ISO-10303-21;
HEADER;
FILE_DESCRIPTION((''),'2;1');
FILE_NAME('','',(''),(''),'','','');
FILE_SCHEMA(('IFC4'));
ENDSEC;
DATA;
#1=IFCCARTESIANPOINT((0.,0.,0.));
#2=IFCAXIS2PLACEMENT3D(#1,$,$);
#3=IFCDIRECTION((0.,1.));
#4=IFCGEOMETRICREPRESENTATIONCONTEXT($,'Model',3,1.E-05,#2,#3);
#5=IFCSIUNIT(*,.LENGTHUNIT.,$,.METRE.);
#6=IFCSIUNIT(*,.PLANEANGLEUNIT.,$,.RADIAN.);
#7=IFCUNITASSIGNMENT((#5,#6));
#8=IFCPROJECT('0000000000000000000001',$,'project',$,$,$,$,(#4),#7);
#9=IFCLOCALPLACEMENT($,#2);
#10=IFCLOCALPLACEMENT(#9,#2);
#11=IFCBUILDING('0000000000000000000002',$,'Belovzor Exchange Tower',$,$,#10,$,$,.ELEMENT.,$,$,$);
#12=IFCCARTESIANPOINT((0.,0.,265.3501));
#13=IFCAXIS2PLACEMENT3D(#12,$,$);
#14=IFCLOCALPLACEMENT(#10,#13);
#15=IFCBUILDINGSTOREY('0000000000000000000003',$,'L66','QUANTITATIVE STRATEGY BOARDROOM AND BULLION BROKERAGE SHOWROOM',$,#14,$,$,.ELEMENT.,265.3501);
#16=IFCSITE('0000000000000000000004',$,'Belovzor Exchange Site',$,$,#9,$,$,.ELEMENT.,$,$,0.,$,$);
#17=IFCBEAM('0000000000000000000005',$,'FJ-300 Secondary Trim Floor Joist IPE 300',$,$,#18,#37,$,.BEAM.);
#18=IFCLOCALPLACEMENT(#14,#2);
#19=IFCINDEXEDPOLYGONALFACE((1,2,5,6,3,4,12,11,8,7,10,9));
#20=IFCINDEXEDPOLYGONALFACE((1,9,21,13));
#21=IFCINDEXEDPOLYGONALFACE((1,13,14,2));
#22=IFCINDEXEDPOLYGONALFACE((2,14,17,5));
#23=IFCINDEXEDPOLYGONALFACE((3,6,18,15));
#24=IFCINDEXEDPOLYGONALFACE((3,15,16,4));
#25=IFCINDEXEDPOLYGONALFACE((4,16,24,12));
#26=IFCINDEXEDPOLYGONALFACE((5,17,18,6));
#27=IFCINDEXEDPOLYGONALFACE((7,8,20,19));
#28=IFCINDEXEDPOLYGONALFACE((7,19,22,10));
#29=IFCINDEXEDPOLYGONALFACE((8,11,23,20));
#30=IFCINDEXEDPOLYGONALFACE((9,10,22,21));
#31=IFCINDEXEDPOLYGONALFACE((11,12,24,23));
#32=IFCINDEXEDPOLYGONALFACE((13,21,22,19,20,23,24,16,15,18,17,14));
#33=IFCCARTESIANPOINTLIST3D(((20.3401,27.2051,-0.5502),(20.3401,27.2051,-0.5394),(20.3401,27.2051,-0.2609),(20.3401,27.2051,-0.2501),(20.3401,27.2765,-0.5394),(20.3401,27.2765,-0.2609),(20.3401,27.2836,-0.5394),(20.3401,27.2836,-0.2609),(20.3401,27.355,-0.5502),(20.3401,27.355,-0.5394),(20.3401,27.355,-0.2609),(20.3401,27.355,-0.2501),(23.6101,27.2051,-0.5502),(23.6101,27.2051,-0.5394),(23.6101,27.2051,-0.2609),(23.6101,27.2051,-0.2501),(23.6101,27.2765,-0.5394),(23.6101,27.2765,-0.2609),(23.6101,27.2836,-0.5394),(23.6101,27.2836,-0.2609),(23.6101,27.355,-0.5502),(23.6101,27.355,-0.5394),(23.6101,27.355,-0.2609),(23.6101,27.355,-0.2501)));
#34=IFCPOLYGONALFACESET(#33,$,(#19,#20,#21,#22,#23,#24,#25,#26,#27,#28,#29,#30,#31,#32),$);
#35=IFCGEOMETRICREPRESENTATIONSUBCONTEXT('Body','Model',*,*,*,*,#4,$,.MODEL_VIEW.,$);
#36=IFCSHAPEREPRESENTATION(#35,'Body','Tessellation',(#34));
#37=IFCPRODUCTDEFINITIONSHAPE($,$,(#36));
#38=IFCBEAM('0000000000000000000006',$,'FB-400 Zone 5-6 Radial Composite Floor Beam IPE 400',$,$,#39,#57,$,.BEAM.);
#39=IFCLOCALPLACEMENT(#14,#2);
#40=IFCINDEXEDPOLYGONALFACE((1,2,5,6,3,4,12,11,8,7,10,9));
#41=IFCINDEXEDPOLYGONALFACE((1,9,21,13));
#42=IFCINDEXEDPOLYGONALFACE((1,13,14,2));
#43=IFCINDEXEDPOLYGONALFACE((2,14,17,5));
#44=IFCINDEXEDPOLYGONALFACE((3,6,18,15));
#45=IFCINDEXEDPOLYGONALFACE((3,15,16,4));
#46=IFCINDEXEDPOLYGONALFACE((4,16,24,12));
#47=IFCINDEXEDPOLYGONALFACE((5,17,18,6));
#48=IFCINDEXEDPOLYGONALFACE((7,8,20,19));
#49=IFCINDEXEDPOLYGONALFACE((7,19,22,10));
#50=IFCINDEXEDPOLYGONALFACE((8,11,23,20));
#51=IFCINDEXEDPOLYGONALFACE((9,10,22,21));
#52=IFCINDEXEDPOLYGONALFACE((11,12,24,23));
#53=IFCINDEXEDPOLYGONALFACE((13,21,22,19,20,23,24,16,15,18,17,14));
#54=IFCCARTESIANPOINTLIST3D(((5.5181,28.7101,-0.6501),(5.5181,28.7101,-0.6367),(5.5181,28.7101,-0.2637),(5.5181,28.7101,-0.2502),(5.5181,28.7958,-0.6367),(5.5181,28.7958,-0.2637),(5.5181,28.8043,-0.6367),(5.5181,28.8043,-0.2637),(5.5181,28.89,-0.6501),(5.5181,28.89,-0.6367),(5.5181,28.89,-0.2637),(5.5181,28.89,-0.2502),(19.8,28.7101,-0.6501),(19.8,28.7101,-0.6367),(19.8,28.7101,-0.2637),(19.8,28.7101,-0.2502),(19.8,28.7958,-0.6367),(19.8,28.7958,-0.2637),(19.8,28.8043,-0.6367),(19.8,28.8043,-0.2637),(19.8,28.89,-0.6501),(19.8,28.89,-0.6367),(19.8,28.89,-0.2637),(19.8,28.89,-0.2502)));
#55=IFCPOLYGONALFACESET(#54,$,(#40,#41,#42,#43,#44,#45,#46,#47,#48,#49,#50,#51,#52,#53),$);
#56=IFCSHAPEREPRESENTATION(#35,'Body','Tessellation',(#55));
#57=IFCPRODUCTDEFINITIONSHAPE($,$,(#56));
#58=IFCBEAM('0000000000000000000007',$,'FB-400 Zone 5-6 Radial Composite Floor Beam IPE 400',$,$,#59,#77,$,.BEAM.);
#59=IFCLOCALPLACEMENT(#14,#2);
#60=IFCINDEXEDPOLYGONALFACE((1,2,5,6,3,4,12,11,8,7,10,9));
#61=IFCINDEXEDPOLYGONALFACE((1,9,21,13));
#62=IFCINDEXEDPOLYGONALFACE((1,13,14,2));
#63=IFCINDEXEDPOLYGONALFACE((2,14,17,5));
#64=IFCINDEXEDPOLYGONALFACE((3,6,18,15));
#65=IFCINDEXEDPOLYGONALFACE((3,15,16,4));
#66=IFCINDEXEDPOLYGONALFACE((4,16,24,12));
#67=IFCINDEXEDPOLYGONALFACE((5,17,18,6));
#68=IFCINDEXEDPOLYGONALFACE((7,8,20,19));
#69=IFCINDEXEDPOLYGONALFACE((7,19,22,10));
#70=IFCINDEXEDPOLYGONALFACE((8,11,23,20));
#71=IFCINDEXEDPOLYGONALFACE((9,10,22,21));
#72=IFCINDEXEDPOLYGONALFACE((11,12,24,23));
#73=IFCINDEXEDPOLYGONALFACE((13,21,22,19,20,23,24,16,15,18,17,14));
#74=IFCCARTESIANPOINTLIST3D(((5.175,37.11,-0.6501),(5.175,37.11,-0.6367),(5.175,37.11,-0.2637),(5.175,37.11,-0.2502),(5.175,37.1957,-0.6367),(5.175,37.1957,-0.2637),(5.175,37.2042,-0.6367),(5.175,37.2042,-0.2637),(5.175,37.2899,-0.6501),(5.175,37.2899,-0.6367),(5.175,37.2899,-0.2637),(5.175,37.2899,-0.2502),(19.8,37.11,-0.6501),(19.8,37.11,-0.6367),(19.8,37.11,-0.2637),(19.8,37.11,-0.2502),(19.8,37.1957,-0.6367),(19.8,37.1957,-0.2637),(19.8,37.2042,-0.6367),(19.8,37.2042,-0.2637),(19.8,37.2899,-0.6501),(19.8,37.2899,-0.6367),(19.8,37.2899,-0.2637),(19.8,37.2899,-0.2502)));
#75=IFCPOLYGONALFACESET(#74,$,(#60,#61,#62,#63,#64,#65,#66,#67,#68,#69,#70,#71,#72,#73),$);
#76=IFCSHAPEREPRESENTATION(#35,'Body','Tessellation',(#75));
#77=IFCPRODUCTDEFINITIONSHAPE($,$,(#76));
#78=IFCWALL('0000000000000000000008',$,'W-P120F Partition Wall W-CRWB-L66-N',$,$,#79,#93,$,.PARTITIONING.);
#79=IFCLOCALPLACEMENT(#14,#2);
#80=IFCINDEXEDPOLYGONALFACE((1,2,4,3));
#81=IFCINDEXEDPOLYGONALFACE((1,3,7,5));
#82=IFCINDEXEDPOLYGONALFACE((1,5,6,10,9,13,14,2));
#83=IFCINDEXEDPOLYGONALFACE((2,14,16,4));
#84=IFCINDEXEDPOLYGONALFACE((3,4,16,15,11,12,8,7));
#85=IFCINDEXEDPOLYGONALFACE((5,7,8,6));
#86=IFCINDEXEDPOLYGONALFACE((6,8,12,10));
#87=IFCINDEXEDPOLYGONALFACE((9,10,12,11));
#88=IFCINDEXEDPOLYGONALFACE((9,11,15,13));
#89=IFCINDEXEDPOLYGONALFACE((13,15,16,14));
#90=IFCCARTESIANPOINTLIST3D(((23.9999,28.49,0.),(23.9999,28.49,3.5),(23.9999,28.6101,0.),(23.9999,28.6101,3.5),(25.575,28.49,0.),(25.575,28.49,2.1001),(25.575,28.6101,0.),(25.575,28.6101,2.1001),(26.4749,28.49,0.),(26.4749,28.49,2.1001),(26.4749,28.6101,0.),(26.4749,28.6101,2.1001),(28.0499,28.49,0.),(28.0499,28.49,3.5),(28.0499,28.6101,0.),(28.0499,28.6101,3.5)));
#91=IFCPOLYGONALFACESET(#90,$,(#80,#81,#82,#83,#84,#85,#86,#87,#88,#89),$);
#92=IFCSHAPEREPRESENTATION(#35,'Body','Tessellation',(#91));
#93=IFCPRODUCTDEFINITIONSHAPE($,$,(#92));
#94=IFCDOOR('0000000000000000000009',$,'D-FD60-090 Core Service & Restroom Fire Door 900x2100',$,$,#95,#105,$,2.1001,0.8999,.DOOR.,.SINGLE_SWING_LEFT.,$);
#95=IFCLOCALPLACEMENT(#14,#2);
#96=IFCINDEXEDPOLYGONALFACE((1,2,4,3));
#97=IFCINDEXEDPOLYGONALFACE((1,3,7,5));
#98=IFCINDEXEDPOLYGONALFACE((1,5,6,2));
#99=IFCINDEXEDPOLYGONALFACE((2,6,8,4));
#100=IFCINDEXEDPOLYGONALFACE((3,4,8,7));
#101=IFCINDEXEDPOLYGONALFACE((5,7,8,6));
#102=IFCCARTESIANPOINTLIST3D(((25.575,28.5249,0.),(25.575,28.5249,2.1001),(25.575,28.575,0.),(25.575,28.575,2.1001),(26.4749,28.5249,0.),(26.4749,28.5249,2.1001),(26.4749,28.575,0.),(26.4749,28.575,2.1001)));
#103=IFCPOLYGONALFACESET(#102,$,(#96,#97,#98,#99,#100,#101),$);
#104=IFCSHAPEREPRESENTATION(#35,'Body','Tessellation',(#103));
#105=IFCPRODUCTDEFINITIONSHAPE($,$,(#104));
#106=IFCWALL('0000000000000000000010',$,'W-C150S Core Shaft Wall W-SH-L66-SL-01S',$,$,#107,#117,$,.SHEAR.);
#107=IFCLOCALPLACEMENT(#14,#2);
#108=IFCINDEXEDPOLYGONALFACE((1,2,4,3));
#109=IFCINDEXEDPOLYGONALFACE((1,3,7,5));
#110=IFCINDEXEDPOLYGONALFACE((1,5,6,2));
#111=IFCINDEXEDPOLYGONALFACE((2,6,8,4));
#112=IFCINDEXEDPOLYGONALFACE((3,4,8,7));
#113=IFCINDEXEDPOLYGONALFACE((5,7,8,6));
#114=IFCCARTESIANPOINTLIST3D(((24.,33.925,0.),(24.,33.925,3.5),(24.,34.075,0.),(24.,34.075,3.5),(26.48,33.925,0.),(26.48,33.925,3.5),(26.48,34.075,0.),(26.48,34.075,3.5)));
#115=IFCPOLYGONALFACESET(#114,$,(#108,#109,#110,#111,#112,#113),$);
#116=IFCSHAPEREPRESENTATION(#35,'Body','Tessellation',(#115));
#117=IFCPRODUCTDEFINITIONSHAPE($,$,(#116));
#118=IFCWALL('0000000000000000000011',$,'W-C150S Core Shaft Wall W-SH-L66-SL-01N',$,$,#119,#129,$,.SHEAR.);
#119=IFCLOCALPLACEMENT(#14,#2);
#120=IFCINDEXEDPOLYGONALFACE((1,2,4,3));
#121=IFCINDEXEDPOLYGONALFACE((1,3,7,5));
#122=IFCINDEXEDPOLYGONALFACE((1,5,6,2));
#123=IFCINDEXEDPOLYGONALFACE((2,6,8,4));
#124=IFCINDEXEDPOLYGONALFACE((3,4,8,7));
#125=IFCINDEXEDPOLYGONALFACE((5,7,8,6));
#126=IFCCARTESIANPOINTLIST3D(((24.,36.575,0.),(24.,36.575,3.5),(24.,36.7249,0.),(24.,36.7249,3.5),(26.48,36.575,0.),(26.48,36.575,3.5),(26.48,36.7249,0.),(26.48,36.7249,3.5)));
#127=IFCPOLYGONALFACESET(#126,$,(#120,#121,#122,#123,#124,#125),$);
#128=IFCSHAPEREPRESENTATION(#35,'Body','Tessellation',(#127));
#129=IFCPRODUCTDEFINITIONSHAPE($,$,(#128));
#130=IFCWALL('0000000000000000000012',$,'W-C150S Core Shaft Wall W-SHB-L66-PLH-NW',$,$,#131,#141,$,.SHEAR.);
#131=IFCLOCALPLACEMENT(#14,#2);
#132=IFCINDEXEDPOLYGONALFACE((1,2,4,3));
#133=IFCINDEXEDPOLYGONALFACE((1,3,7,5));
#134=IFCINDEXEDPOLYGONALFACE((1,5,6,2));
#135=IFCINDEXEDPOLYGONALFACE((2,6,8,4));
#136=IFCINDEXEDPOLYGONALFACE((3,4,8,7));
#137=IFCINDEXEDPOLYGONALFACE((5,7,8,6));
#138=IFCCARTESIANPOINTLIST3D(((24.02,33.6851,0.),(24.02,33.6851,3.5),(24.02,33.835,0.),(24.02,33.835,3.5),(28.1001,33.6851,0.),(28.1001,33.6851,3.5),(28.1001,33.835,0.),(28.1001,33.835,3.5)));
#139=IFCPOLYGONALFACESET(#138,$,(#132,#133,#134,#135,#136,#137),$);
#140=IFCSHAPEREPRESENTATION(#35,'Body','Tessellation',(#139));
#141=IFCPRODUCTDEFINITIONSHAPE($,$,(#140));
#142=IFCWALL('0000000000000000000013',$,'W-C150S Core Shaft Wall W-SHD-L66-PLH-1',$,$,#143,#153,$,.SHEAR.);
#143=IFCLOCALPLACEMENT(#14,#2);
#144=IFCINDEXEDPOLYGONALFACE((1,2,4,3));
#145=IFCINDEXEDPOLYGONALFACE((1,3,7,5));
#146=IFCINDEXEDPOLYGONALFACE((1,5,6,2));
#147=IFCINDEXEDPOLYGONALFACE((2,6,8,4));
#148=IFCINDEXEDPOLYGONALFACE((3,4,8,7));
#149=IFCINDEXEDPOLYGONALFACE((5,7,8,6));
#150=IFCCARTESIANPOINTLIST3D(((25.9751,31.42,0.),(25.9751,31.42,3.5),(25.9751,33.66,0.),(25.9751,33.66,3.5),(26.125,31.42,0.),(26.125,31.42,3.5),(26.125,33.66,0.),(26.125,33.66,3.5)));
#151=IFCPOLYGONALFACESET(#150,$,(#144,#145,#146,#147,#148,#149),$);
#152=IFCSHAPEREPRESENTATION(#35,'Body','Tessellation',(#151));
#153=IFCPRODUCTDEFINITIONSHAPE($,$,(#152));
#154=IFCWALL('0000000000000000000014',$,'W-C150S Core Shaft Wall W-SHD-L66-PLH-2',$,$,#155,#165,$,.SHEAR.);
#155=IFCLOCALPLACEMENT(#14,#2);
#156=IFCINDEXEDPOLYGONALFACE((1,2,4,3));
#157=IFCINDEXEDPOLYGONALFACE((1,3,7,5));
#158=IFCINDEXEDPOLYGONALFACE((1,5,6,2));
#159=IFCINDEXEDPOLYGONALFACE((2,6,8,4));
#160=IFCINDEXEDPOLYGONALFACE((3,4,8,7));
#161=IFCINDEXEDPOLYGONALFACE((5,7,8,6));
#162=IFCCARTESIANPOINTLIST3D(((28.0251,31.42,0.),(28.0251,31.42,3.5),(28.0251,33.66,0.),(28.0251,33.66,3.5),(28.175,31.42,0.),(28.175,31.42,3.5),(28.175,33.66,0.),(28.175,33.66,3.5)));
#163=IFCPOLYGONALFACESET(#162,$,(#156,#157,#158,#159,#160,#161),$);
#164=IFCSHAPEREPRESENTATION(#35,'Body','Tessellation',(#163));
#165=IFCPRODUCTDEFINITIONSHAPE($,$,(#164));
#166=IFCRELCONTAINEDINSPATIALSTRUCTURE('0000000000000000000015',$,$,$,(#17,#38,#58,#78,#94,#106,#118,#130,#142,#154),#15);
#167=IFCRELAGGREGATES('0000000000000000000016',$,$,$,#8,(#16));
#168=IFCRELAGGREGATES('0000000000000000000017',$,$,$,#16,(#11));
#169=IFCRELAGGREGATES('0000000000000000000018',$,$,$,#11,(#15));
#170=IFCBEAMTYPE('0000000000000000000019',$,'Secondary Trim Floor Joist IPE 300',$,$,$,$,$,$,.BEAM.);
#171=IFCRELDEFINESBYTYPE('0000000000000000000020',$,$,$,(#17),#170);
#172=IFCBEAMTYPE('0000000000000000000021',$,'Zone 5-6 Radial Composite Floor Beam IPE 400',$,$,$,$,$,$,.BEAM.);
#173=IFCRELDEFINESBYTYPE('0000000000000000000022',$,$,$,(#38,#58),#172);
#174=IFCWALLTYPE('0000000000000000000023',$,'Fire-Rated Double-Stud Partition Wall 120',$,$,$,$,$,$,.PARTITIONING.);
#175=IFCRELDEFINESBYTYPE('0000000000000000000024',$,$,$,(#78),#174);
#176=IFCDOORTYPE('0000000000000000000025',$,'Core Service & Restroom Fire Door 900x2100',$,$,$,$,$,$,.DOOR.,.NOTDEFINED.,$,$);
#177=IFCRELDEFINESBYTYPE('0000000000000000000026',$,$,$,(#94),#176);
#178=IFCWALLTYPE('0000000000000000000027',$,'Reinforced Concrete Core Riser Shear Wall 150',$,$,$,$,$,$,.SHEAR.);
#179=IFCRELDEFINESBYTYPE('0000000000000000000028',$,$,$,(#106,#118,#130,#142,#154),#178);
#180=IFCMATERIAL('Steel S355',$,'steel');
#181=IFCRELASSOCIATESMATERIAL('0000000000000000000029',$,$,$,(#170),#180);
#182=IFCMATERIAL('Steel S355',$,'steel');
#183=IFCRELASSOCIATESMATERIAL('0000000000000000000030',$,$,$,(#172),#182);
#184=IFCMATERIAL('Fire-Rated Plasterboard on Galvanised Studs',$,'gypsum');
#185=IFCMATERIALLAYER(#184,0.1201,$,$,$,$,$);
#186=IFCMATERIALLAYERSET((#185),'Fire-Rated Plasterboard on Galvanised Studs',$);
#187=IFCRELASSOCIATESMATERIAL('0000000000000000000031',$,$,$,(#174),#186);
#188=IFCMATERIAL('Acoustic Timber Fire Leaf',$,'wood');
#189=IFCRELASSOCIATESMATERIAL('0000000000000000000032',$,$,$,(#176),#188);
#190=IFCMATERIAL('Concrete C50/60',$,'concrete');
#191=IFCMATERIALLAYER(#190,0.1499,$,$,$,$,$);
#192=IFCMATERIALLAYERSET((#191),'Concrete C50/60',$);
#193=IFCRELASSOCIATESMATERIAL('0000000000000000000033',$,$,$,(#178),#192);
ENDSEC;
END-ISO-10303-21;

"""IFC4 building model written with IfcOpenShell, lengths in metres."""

from ifc_helpers import new_model, si_unit, direction, frame, frame_2d, origin, origin_2d, place, context, subcontext, project, spatial, rectangle, i_section, extrude, material, layer, layer_set, material_profile, profile_set, type_object, element, fill, save


model = new_model("IFC4")

# Units and contexts
model_context = context("Model", 3, precision=1e-05, world=origin(), true_north=direction((0.0, 1.0)))
body_context = subcontext(model_context, "Body", "Model", "MODEL_VIEW")
ifc_project = project(units=[si_unit("LENGTHUNIT", "METRE"), si_unit("PLANEANGLEUNIT", "RADIAN")], contexts=[model_context])

# Site, building, storey
site_placement = place(None, origin())
site = spatial("IfcSite", under=ifc_project, at=site_placement, Name="Belovzor Exchange Site", CompositionType="ELEMENT", RefElevation=0.0)
building_placement = place(site_placement, origin())
building = spatial("IfcBuilding", under=site, at=building_placement, Name="Belovzor Exchange Tower", CompositionType="ELEMENT")
storey_placement = place(building_placement, frame((0.0, 0.0, 265.3501)))
storey = spatial("IfcBuildingStorey", under=building, at=storey_placement, Name="L66", Description="QUANTITATIVE STRATEGY BOARDROOM AND BULLION BROKERAGE SHOWROOM", CompositionType="ELEMENT", Elevation=265.3501)

# Beams
ifc_material_1 = material(Name="Steel S355", Category="steel")
ifc_material_profile_1 = material_profile(ifc_material_1, i_section(OverallWidth=0.1499, OverallDepth=0.3, WebThickness=0.0071, FlangeThickness=0.0107, at=origin_2d()))
ifc_profile_set_1 = profile_set([ifc_material_profile_1], Name="Steel S355")
beam_type_1 = type_object("IfcBeamType", Name="Secondary Trim Floor Joist IPE 300", PredefinedType="BEAM", material=ifc_profile_set_1)
beam_1_placement = place(storey_placement, frame((20.3401, 27.28, -0.4001), z_axis=(1.0, 0.0, 0.0), x_axis=(0.0, 1.0, 0.0)))
element("IfcBeam", 1, at=beam_1_placement, inside=storey, type_object=beam_type_1, Name="FJ-300 Secondary Trim Floor Joist IPE 300", PredefinedType="BEAM", context=body_context, shape_type="SweptSolid", body=[
    extrude(i_section(OverallWidth=0.1499, OverallDepth=0.3, WebThickness=0.0071, FlangeThickness=0.0107, at=origin_2d()), origin(), (0.0, 0.0, 1.0), 3.27),
])
ifc_material_2 = material(Name="Steel S355", Category="steel")
ifc_material_profile_2 = material_profile(ifc_material_2, i_section(OverallWidth=0.1799, OverallDepth=0.3999, WebThickness=0.0085, FlangeThickness=0.0134, at=origin_2d()))
ifc_profile_set_2 = profile_set([ifc_material_profile_2], Name="Steel S355")
beam_type_2 = type_object("IfcBeamType", Name="Zone 5-6 Radial Composite Floor Beam IPE 400", PredefinedType="BEAM", material=ifc_profile_set_2)
beam_2_placement = place(storey_placement, frame((19.8, 28.8, -0.4502), z_axis=(-1.0, 0.0, 0.0), x_axis=(0.0, -1.0, 0.0)))
element("IfcBeam", 2, at=beam_2_placement, inside=storey, type_object=beam_type_2, Name="FB-400 Zone 5-6 Radial Composite Floor Beam IPE 400", PredefinedType="BEAM", context=body_context, shape_type="SweptSolid", body=[
    extrude(i_section(OverallWidth=0.1799, OverallDepth=0.3999, WebThickness=0.0085, FlangeThickness=0.0134, at=origin_2d()), origin(), (0.0, 0.0, 1.0), 14.282),
])
beam_3_placement = place(storey_placement, frame((19.8, 37.2, -0.4502), z_axis=(-1.0, 0.0, 0.0), x_axis=(0.0, -1.0, 0.0)))
element("IfcBeam", 3, at=beam_3_placement, inside=storey, type_object=beam_type_2, Name="FB-400 Zone 5-6 Radial Composite Floor Beam IPE 400", PredefinedType="BEAM", context=body_context, shape_type="SweptSolid", body=[
    extrude(i_section(OverallWidth=0.1799, OverallDepth=0.3999, WebThickness=0.0085, FlangeThickness=0.0134, at=origin_2d()), origin(), (0.0, 0.0, 1.0), 14.625),
])

# Wall, opening, door
ifc_material_3 = material(Name="Fire-Rated Plasterboard on Galvanised Studs", Category="gypsum")
ifc_layer_1 = layer(ifc_material_3, 0.1201)
ifc_layer_set_1 = layer_set([ifc_layer_1], Name="Fire-Rated Plasterboard on Galvanised Studs")
wall_type_1 = type_object("IfcWallType", Name="Fire-Rated Double-Stud Partition Wall 120", PredefinedType="PARTITIONING", material=ifc_layer_set_1)
wall_1_placement = place(storey_placement, frame((24.0, 28.55, 0.0), z_axis=(0.0, 0.0, 1.0), x_axis=(1.0, 0.0, 0.0)))
wall_1 = element("IfcWall", 4, at=wall_1_placement, inside=storey, type_object=wall_type_1, Name="W-P120F Partition Wall W-CRWB-L66-N", PredefinedType="PARTITIONING", context=body_context, shape_type="SweptSolid", body=[
    extrude(rectangle(XDim=4.05, YDim=0.1201, at=frame_2d((2.0249, 0.0))), origin(), (0.0, 0.0, 1.0), 3.5),
])
opening_1_placement = place(wall_1_placement, frame((1.575, 0.0, 0.0)))
opening_1 = element("IfcOpeningElement", 5, at=opening_1_placement, cuts=wall_1, PredefinedType="OPENING", context=body_context, shape_type="SweptSolid", body=[
    extrude(rectangle(XDim=0.8999, YDim=2.1001, at=frame_2d((0.45, 1.05))), frame((0.0, 0.0701, 0.0), z_axis=(0.0, -1.0, 0.0), x_axis=(1.0, 0.0, 0.0)), (0.0, 0.0, 1.0), 0.1401),
])
ifc_material_4 = material(Name="Acoustic Timber Fire Leaf", Category="wood")
door_type_1 = type_object("IfcDoorType", Name="Core Service & Restroom Fire Door 900x2100", OperationType="NOTDEFINED", PredefinedType="DOOR", material=ifc_material_4)
door_1_placement = place(opening_1_placement, origin())
door_1 = element("IfcDoor", 6, at=door_1_placement, inside=storey, type_object=door_type_1, Name="D-FD60-090 Core Service & Restroom Fire Door 900x2100", OperationType="SINGLE_SWING_LEFT", OverallHeight=2.1001, OverallWidth=0.8999, PredefinedType="DOOR", context=body_context, shape_type="SweptSolid", body=[
    extrude(rectangle(XDim=0.8999, YDim=2.1001, at=frame_2d((0.45, 1.05))), frame((0.0, 0.0249, 0.0), z_axis=(0.0, -1.0, 0.0), x_axis=(1.0, 0.0, 0.0)), (0.0, 0.0, 1.0), 0.05),
])
fill(opening_1, door_1)

# Walls
ifc_material_5 = material(Name="Concrete C50/60", Category="concrete")
ifc_layer_2 = layer(ifc_material_5, 0.1499)
ifc_layer_set_2 = layer_set([ifc_layer_2], Name="Concrete C50/60")
wall_type_2 = type_object("IfcWallType", Name="Reinforced Concrete Core Riser Shear Wall 150", PredefinedType="SHEAR", material=ifc_layer_set_2)
for number, where, z_axis, x_axis, name in (
    (7, (24.0, 34.0, 0.0), (0.0, 0.0, 1.0), (1.0, 0.0, 0.0), "W-C150S Core Shaft Wall W-SH-L66-SL-01S"),
    (8, (24.0, 36.6499, 0.0), (0.0, 0.0, 1.0), (1.0, 0.0, 0.0), "W-C150S Core Shaft Wall W-SH-L66-SL-01N"),
):
    element("IfcWall", number, at=place(storey_placement, frame(where, z_axis=z_axis, x_axis=x_axis)), inside=storey, type_object=wall_type_2, Name=name, PredefinedType="SHEAR", context=body_context, shape_type="SweptSolid", body=[
        extrude(rectangle(XDim=2.48, YDim=0.1499, at=frame_2d((1.24, 0.0))), origin(), (0.0, 0.0, 1.0), 3.5),
    ])
wall_2_placement = place(storey_placement, frame((24.02, 33.76, 0.0), z_axis=(0.0, 0.0, 1.0), x_axis=(1.0, 0.0, 0.0)))
element("IfcWall", 9, at=wall_2_placement, inside=storey, type_object=wall_type_2, Name="W-C150S Core Shaft Wall W-SHB-L66-PLH-NW", PredefinedType="SHEAR", context=body_context, shape_type="SweptSolid", body=[
    extrude(rectangle(XDim=4.0801, YDim=0.1499, at=frame_2d((2.04, 0.0))), origin(), (0.0, 0.0, 1.0), 3.5),
])
for number, where, z_axis, x_axis, name in (
    (10, (26.05, 31.4199, 0.0), (0.0, 0.0, 1.0), (0.0, 1.0, 0.0), "W-C150S Core Shaft Wall W-SHD-L66-PLH-1"),
    (11, (28.1001, 31.4199, 0.0), (0.0, 0.0, 1.0), (0.0, 1.0, 0.0), "W-C150S Core Shaft Wall W-SHD-L66-PLH-2"),
):
    element("IfcWall", number, at=place(storey_placement, frame(where, z_axis=z_axis, x_axis=x_axis)), inside=storey, type_object=wall_type_2, Name=name, PredefinedType="SHEAR", context=body_context, shape_type="SweptSolid", body=[
        extrude(rectangle(XDim=2.24, YDim=0.1499, at=frame_2d((1.1201, 0.0))), origin(), (0.0, 0.0, 1.0), 3.5),
    ])

save(model, "model.ifc")
